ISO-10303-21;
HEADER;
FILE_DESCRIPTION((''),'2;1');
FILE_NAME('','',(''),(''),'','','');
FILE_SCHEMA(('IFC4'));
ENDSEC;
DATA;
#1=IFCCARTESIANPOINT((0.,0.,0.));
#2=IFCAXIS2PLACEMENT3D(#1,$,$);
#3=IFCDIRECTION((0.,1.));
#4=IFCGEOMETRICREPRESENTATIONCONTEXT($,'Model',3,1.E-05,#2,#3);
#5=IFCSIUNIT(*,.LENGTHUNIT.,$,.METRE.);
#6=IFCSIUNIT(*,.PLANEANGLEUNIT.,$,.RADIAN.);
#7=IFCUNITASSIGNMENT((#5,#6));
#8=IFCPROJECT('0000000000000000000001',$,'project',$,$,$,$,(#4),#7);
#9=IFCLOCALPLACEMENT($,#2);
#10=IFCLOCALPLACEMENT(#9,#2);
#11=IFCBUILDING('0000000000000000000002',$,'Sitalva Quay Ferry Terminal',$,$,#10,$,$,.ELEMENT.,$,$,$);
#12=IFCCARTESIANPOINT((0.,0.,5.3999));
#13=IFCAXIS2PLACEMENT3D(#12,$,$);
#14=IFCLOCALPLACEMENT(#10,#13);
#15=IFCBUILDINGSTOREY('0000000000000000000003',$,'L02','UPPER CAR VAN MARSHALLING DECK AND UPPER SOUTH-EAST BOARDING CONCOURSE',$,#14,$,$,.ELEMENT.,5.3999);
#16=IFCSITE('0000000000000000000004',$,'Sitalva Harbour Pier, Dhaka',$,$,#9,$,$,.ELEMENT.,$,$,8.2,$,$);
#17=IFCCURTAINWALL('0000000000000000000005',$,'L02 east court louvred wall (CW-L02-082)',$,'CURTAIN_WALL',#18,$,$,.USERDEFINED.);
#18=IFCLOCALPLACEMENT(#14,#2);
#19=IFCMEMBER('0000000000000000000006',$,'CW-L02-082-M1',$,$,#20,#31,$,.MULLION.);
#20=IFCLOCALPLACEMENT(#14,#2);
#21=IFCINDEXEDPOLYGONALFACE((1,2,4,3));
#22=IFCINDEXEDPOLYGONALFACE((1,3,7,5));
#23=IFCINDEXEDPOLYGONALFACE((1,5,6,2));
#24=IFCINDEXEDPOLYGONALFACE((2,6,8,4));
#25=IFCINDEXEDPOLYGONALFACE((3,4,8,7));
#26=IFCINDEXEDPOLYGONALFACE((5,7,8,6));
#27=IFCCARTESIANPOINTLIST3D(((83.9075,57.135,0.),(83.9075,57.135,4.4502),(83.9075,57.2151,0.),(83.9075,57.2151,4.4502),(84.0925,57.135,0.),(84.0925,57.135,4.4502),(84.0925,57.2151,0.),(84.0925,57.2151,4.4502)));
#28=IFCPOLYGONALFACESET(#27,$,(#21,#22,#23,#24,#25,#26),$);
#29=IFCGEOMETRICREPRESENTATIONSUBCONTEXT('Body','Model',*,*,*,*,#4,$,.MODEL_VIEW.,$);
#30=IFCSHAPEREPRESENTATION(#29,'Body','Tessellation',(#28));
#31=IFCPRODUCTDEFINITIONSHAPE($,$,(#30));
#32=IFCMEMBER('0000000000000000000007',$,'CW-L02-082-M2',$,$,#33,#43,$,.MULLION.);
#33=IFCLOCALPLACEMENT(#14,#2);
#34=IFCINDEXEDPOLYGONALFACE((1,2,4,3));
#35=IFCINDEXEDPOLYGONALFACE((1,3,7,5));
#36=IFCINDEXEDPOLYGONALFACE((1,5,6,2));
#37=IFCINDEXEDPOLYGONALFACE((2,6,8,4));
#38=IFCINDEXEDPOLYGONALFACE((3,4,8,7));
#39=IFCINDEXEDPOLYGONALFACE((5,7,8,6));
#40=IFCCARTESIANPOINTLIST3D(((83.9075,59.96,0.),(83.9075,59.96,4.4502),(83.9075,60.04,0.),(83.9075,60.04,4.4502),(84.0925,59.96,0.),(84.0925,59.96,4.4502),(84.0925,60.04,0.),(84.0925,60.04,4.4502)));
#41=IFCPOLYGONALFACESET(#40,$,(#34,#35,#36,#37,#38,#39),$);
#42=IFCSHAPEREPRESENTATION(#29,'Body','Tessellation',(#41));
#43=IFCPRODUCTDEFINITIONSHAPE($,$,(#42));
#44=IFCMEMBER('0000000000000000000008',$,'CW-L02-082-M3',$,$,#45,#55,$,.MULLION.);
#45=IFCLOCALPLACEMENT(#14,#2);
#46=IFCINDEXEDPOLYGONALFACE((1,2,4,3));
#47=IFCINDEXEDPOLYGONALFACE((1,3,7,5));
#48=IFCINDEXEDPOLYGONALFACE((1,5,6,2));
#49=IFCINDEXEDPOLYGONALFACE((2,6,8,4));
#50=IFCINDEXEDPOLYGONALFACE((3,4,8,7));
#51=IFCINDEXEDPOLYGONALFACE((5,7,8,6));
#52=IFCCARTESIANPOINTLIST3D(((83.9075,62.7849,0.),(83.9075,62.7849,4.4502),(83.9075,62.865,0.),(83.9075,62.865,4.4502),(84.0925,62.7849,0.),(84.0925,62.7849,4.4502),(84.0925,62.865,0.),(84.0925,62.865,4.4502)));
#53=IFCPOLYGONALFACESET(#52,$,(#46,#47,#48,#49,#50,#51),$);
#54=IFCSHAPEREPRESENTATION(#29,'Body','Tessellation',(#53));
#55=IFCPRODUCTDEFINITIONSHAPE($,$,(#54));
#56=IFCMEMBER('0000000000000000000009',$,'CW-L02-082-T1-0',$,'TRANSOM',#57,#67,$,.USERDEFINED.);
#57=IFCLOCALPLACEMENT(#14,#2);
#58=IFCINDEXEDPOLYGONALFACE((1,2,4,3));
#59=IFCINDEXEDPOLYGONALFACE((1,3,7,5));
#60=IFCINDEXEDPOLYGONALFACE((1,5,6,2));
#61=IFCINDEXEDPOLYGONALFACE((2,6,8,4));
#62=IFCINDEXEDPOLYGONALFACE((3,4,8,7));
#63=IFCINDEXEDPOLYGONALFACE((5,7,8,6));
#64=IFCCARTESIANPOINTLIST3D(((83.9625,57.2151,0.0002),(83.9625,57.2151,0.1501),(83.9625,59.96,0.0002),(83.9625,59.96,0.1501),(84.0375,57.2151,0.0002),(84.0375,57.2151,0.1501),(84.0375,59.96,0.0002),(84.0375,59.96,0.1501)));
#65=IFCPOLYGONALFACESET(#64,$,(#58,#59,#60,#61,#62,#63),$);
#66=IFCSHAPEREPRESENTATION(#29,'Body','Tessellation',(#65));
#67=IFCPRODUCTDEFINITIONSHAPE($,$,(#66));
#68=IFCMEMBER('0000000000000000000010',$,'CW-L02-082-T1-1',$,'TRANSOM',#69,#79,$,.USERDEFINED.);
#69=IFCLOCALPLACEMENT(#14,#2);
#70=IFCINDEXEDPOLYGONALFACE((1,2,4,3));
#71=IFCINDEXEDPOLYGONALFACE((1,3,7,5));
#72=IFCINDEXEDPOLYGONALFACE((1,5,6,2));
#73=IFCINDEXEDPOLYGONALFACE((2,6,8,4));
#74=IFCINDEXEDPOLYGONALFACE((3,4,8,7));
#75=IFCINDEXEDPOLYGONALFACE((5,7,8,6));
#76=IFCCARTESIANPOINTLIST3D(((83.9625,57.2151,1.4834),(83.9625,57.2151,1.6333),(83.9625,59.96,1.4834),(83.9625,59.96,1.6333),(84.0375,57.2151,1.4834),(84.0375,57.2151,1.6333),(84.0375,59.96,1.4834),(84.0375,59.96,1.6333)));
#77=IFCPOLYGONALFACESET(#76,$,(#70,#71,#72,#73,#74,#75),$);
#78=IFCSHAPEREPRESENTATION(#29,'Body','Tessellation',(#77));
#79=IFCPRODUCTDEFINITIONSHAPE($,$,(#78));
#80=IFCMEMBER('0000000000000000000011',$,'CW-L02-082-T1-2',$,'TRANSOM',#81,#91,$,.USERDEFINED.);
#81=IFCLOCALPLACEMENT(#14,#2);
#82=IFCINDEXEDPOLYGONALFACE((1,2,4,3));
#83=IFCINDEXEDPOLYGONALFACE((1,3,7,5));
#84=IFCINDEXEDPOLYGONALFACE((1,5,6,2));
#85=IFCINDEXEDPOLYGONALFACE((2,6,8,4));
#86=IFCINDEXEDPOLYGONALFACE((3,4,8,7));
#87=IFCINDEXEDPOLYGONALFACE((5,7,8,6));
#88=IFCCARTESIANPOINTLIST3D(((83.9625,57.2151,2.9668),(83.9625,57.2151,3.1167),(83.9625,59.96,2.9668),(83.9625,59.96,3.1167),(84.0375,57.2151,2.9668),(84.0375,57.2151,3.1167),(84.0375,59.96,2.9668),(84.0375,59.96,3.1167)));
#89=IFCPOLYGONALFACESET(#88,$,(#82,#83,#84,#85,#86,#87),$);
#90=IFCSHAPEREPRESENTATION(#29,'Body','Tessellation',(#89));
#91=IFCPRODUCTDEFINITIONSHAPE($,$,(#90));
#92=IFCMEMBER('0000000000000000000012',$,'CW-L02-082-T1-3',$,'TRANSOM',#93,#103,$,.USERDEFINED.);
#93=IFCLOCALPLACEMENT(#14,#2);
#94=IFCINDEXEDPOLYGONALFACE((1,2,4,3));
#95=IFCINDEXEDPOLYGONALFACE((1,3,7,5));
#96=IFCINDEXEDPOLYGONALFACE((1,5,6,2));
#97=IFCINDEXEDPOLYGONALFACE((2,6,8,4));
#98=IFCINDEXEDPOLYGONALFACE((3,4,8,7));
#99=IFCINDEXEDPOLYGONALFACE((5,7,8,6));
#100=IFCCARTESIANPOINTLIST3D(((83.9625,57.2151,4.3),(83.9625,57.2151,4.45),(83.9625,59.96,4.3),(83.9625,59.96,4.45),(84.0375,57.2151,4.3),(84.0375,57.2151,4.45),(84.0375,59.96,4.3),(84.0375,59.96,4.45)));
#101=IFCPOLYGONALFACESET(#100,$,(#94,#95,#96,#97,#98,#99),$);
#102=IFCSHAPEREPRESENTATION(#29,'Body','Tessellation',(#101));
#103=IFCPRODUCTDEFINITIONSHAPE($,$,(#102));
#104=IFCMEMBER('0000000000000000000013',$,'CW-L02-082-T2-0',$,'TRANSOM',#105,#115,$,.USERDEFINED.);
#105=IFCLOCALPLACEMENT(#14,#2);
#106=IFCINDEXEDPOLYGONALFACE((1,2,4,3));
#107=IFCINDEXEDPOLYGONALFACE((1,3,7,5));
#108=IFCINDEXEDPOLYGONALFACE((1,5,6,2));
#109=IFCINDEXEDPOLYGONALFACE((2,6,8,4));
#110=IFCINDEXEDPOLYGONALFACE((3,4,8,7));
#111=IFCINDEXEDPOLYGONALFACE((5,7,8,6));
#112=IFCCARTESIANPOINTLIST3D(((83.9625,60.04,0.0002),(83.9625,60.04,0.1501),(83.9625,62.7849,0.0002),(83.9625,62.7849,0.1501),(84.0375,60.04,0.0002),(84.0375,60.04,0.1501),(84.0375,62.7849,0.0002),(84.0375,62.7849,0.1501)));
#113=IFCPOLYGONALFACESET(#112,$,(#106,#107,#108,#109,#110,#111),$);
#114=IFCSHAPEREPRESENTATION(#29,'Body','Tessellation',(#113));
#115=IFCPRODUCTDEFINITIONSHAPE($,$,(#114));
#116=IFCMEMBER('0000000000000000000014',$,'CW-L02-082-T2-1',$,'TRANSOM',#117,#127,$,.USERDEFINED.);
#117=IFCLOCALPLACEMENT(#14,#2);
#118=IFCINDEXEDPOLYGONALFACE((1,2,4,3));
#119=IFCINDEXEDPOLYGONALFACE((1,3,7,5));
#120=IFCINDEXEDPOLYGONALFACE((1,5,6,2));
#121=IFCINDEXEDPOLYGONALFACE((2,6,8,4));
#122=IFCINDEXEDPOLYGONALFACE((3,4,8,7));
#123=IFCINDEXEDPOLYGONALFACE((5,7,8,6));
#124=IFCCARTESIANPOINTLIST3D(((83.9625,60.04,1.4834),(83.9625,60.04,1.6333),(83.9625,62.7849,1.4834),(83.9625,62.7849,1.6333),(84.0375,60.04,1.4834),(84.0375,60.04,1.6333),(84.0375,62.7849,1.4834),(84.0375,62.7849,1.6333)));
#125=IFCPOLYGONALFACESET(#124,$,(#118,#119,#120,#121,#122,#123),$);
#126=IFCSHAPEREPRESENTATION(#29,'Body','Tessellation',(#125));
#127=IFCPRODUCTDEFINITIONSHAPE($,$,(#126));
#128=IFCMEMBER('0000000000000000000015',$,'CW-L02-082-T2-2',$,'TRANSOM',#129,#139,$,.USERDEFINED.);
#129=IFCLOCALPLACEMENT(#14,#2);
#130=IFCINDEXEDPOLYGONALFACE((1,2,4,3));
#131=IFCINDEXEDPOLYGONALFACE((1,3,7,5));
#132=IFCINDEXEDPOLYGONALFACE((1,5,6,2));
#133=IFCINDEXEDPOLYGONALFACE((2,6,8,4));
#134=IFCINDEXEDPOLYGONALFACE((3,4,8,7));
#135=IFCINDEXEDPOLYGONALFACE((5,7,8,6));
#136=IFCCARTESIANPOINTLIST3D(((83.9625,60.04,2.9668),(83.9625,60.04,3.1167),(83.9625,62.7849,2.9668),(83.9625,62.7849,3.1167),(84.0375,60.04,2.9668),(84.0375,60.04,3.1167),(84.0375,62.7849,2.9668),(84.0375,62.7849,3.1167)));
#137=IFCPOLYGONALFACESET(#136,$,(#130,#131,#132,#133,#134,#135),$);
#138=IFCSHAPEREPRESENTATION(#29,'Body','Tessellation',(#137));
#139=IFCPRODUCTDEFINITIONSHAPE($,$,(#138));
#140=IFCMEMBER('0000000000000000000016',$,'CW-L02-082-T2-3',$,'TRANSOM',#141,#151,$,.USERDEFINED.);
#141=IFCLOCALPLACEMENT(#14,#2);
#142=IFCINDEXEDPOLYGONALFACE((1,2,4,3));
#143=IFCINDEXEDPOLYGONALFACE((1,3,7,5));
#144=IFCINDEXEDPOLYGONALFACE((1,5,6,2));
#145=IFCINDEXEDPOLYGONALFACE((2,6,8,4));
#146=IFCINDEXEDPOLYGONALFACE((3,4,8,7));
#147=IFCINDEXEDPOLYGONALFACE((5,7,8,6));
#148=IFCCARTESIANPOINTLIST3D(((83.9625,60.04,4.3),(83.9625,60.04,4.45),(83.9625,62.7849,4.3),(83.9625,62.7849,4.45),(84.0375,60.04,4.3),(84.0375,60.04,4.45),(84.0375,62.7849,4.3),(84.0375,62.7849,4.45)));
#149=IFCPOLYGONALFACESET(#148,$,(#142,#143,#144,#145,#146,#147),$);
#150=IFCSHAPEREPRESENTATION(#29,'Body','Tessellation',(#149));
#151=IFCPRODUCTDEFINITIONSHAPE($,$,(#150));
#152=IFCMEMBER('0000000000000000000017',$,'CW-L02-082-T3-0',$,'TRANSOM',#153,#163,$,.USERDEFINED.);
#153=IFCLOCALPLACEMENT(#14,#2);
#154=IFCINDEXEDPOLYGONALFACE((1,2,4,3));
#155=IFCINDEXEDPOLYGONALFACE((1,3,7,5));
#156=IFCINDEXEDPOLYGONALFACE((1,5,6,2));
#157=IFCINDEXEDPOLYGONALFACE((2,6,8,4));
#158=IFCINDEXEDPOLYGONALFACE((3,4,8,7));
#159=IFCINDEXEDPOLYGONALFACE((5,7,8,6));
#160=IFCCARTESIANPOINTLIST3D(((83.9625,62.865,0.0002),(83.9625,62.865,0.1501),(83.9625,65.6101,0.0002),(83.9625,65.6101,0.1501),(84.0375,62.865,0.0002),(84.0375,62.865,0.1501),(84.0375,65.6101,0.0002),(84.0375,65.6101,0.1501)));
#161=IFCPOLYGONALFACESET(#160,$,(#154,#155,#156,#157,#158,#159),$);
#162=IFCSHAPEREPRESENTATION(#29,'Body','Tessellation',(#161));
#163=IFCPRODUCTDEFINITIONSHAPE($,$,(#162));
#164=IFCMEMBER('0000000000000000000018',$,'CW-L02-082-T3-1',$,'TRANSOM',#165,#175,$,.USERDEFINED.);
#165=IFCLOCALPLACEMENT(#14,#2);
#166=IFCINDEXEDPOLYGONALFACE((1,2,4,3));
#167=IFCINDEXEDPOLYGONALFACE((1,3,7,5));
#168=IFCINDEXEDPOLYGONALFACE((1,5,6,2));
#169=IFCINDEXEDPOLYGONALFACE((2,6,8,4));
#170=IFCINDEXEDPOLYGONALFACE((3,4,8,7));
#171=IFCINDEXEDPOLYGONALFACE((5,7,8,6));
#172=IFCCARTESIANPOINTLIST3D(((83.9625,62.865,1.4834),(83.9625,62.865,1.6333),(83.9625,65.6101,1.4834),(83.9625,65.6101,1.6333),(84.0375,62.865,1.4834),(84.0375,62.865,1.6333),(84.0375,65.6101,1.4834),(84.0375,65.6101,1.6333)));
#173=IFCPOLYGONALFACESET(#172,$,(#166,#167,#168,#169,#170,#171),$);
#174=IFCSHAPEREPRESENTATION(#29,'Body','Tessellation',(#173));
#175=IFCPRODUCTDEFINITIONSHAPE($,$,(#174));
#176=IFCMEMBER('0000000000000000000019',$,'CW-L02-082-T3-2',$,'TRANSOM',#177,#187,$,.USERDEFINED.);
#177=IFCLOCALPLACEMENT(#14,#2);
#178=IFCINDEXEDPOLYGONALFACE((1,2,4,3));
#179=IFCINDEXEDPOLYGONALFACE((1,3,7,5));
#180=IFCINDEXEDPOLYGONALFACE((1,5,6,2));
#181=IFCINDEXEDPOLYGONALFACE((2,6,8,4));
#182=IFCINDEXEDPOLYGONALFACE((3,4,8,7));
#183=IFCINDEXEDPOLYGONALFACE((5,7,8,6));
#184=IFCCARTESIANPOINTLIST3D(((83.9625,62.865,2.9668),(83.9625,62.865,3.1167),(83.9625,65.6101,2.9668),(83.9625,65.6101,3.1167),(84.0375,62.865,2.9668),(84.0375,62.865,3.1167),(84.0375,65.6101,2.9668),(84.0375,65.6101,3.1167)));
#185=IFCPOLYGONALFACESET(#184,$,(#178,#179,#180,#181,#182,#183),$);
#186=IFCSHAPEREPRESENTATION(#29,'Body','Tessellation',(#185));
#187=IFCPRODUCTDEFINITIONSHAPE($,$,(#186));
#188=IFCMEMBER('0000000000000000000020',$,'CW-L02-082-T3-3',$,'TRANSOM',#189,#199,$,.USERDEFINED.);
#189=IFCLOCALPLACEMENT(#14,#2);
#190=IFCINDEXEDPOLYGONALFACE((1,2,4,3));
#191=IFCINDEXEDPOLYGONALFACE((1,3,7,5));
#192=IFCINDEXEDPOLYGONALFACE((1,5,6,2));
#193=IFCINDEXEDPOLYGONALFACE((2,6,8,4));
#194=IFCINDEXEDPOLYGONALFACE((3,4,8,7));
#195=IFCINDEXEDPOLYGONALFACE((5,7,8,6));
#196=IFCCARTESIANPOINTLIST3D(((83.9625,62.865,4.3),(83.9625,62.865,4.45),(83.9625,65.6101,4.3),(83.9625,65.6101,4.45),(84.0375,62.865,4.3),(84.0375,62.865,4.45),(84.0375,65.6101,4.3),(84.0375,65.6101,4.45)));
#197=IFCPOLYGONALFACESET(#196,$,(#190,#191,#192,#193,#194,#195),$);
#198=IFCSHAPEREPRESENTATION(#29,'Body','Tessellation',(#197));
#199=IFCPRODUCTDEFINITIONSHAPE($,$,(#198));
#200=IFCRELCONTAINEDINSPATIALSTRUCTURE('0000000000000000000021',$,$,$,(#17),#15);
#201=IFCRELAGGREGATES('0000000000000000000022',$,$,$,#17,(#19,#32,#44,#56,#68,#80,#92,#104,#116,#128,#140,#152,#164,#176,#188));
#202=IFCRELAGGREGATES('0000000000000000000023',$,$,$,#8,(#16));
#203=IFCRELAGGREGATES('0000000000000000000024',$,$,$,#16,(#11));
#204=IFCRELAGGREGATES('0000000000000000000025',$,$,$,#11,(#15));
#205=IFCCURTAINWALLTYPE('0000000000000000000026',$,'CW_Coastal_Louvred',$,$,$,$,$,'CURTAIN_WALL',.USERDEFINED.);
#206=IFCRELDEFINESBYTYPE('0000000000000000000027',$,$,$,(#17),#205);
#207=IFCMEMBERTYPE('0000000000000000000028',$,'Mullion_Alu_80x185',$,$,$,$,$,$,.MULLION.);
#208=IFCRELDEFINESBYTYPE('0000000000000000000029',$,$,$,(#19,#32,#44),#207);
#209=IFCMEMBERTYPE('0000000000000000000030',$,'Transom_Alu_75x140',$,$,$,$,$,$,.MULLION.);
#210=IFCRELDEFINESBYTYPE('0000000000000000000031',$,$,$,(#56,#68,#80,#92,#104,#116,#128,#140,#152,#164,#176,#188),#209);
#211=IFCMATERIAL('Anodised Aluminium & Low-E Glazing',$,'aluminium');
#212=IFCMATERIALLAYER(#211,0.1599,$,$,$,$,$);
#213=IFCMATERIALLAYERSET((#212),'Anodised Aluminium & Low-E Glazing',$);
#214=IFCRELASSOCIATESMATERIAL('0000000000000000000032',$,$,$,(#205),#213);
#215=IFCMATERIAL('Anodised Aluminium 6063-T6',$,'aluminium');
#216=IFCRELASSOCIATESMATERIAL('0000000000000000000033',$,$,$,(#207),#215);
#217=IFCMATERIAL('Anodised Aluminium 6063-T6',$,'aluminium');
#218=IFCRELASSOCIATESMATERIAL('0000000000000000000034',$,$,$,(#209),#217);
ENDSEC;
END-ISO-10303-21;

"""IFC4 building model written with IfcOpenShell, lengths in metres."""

from ifc_helpers import new_model, si_unit, direction, frame, origin, origin_2d, place, context, subcontext, project, spatial, rectangle, extrude, material, layer, layer_set, material_profile, profile_set, type_object, element, aggregate, save


model = new_model("IFC4")

# Units and contexts
model_context = context("Model", 3, precision=1e-05, world=origin(), true_north=direction((0.0, 1.0)))
body_context = subcontext(model_context, "Body", "Model", "MODEL_VIEW")
ifc_project = project(units=[si_unit("LENGTHUNIT", "METRE"), si_unit("PLANEANGLEUNIT", "RADIAN")], contexts=[model_context])

# Site, building, storey
site_placement = place(None, origin())
site = spatial("IfcSite", under=ifc_project, at=site_placement, Name="Sitalva Harbour Pier, Dhaka", CompositionType="ELEMENT", RefElevation=8.2)
building_placement = place(site_placement, origin())
building = spatial("IfcBuilding", under=site, at=building_placement, Name="Sitalva Quay Ferry Terminal", CompositionType="ELEMENT")
storey_placement = place(building_placement, frame((0.0, 0.0, 5.3999)))
storey = spatial("IfcBuildingStorey", under=building, at=storey_placement, Name="L02", Description="UPPER CAR VAN MARSHALLING DECK AND UPPER SOUTH-EAST BOARDING CONCOURSE", CompositionType="ELEMENT", Elevation=5.3999)

# Curtain wall, members
ifc_material_1 = material(Name="Anodised Aluminium & Low-E Glazing", Category="aluminium")
ifc_layer_1 = layer(ifc_material_1, 0.1599)
ifc_layer_set_1 = layer_set([ifc_layer_1], Name="Anodised Aluminium & Low-E Glazing")
curtain_wall_type = type_object("IfcCurtainWallType", Name="CW_Coastal_Louvred", ElementType="CURTAIN_WALL", PredefinedType="USERDEFINED", material=ifc_layer_set_1)
curtain_wall_placement = place(storey_placement, origin())
curtain_wall = element("IfcCurtainWall", 1, at=curtain_wall_placement, inside=storey, type_object=curtain_wall_type, Name="L02 east court louvred wall (CW-L02-082)", ObjectType="CURTAIN_WALL", PredefinedType="USERDEFINED")
ifc_material_2 = material(Name="Anodised Aluminium 6063-T6", Category="aluminium")
ifc_material_profile_1 = material_profile(ifc_material_2, rectangle(XDim=0.0801, YDim=0.1851, at=origin_2d()), Name="ALU80x185")
ifc_profile_set_1 = profile_set([ifc_material_profile_1], Name="Anodised Aluminium 6063-T6")
member_type_1 = type_object("IfcMemberType", Name="Mullion_Alu_80x185", PredefinedType="MULLION", material=ifc_profile_set_1)
member_1_placement = place(storey_placement, frame((84.0, 57.175, 0.0), z_axis=(0.0, 0.0, 1.0), x_axis=(0.0, 1.0, 0.0)))
member_1 = element("IfcMember", 2, at=member_1_placement, type_object=member_type_1, Name="CW-L02-082-M1", PredefinedType="MULLION", context=body_context, shape_type="SweptSolid", body=[
    extrude(rectangle(XDim=0.0801, YDim=0.1851, at=origin_2d()), origin(), (0.0, 0.0, 1.0), 4.4502),
])
member_2_placement = place(storey_placement, frame((84.0, 60.0, 0.0), z_axis=(0.0, 0.0, 1.0), x_axis=(0.0, 1.0, 0.0)))
member_2 = element("IfcMember", 3, at=member_2_placement, type_object=member_type_1, Name="CW-L02-082-M2", PredefinedType="MULLION", context=body_context, shape_type="SweptSolid", body=[
    extrude(rectangle(XDim=0.0801, YDim=0.1851, at=origin_2d()), origin(), (0.0, 0.0, 1.0), 4.4502),
])
member_3_placement = place(storey_placement, frame((84.0, 62.825, 0.0), z_axis=(0.0, 0.0, 1.0), x_axis=(0.0, 1.0, 0.0)))
member_3 = element("IfcMember", 4, at=member_3_placement, type_object=member_type_1, Name="CW-L02-082-M3", PredefinedType="MULLION", context=body_context, shape_type="SweptSolid", body=[
    extrude(rectangle(XDim=0.0801, YDim=0.1851, at=origin_2d()), origin(), (0.0, 0.0, 1.0), 4.4502),
])
ifc_material_3 = material(Name="Anodised Aluminium 6063-T6", Category="aluminium")
ifc_material_profile_2 = material_profile(ifc_material_3, rectangle(XDim=0.075, YDim=0.1499, at=origin_2d()), Name="ALU75x150")
ifc_profile_set_2 = profile_set([ifc_material_profile_2], Name="Anodised Aluminium 6063-T6")
member_type_2 = type_object("IfcMemberType", Name="Transom_Alu_75x140", PredefinedType="MULLION", material=ifc_profile_set_2)
member_4_placement = place(storey_placement, frame((84.0, 57.2151, 0.0752), z_axis=(0.0, 1.0, 0.0), x_axis=(-1.0, 0.0, 0.0)))
member_4 = element("IfcMember", 5, at=member_4_placement, type_object=member_type_2, Name="CW-L02-082-T1-0", ObjectType="TRANSOM", PredefinedType="USERDEFINED", context=body_context, shape_type="SweptSolid", body=[
    extrude(rectangle(XDim=0.075, YDim=0.1499, at=origin_2d()), origin(), (0.0, 0.0, 1.0), 2.7449),
])
member_5_placement = place(storey_placement, frame((84.0, 57.2151, 1.5583), z_axis=(0.0, 1.0, 0.0), x_axis=(-1.0, 0.0, 0.0)))
member_5 = element("IfcMember", 6, at=member_5_placement, type_object=member_type_2, Name="CW-L02-082-T1-1", ObjectType="TRANSOM", PredefinedType="USERDEFINED", context=body_context, shape_type="SweptSolid", body=[
    extrude(rectangle(XDim=0.075, YDim=0.1499, at=origin_2d()), origin(), (0.0, 0.0, 1.0), 2.7449),
])
member_6_placement = place(storey_placement, frame((84.0, 57.2151, 3.0417), z_axis=(0.0, 1.0, 0.0), x_axis=(-1.0, 0.0, 0.0)))
member_6 = element("IfcMember", 7, at=member_6_placement, type_object=member_type_2, Name="CW-L02-082-T1-2", ObjectType="TRANSOM", PredefinedType="USERDEFINED", context=body_context, shape_type="SweptSolid", body=[
    extrude(rectangle(XDim=0.075, YDim=0.1499, at=origin_2d()), origin(), (0.0, 0.0, 1.0), 2.7449),
])
member_7_placement = place(storey_placement, frame((84.0, 57.2151, 4.375), z_axis=(0.0, 1.0, 0.0), x_axis=(-1.0, 0.0, 0.0)))
member_7 = element("IfcMember", 8, at=member_7_placement, type_object=member_type_2, Name="CW-L02-082-T1-3", ObjectType="TRANSOM", PredefinedType="USERDEFINED", context=body_context, shape_type="SweptSolid", body=[
    extrude(rectangle(XDim=0.075, YDim=0.1499, at=origin_2d()), origin(), (0.0, 0.0, 1.0), 2.7449),
])
member_8_placement = place(storey_placement, frame((84.0, 60.04, 0.0752), z_axis=(0.0, 1.0, 0.0), x_axis=(-1.0, 0.0, 0.0)))
member_8 = element("IfcMember", 9, at=member_8_placement, type_object=member_type_2, Name="CW-L02-082-T2-0", ObjectType="TRANSOM", PredefinedType="USERDEFINED", context=body_context, shape_type="SweptSolid", body=[
    extrude(rectangle(XDim=0.075, YDim=0.1499, at=origin_2d()), origin(), (0.0, 0.0, 1.0), 2.7449),
])
member_9_placement = place(storey_placement, frame((84.0, 60.04, 1.5583), z_axis=(0.0, 1.0, 0.0), x_axis=(-1.0, 0.0, 0.0)))
member_9 = element("IfcMember", 10, at=member_9_placement, type_object=member_type_2, Name="CW-L02-082-T2-1", ObjectType="TRANSOM", PredefinedType="USERDEFINED", context=body_context, shape_type="SweptSolid", body=[
    extrude(rectangle(XDim=0.075, YDim=0.1499, at=origin_2d()), origin(), (0.0, 0.0, 1.0), 2.7449),
])
member_10_placement = place(storey_placement, frame((84.0, 60.04, 3.0417), z_axis=(0.0, 1.0, 0.0), x_axis=(-1.0, 0.0, 0.0)))
member_10 = element("IfcMember", 11, at=member_10_placement, type_object=member_type_2, Name="CW-L02-082-T2-2", ObjectType="TRANSOM", PredefinedType="USERDEFINED", context=body_context, shape_type="SweptSolid", body=[
    extrude(rectangle(XDim=0.075, YDim=0.1499, at=origin_2d()), origin(), (0.0, 0.0, 1.0), 2.7449),
])
member_11_placement = place(storey_placement, frame((84.0, 60.04, 4.375), z_axis=(0.0, 1.0, 0.0), x_axis=(-1.0, 0.0, 0.0)))
member_11 = element("IfcMember", 12, at=member_11_placement, type_object=member_type_2, Name="CW-L02-082-T2-3", ObjectType="TRANSOM", PredefinedType="USERDEFINED", context=body_context, shape_type="SweptSolid", body=[
    extrude(rectangle(XDim=0.075, YDim=0.1499, at=origin_2d()), origin(), (0.0, 0.0, 1.0), 2.7449),
])
member_12_placement = place(storey_placement, frame((84.0, 62.865, 0.0752), z_axis=(0.0, 1.0, 0.0), x_axis=(-1.0, 0.0, 0.0)))
member_12 = element("IfcMember", 13, at=member_12_placement, type_object=member_type_2, Name="CW-L02-082-T3-0", ObjectType="TRANSOM", PredefinedType="USERDEFINED", context=body_context, shape_type="SweptSolid", body=[
    extrude(rectangle(XDim=0.075, YDim=0.1499, at=origin_2d()), origin(), (0.0, 0.0, 1.0), 2.7451),
])
member_13_placement = place(storey_placement, frame((84.0, 62.865, 1.5583), z_axis=(0.0, 1.0, 0.0), x_axis=(-1.0, 0.0, 0.0)))
member_13 = element("IfcMember", 14, at=member_13_placement, type_object=member_type_2, Name="CW-L02-082-T3-1", ObjectType="TRANSOM", PredefinedType="USERDEFINED", context=body_context, shape_type="SweptSolid", body=[
    extrude(rectangle(XDim=0.075, YDim=0.1499, at=origin_2d()), origin(), (0.0, 0.0, 1.0), 2.7451),
])
member_14_placement = place(storey_placement, frame((84.0, 62.865, 3.0417), z_axis=(0.0, 1.0, 0.0), x_axis=(-1.0, 0.0, 0.0)))
member_14 = element("IfcMember", 15, at=member_14_placement, type_object=member_type_2, Name="CW-L02-082-T3-2", ObjectType="TRANSOM", PredefinedType="USERDEFINED", context=body_context, shape_type="SweptSolid", body=[
    extrude(rectangle(XDim=0.075, YDim=0.1499, at=origin_2d()), origin(), (0.0, 0.0, 1.0), 2.7451),
])
member_15_placement = place(storey_placement, frame((84.0, 62.865, 4.375), z_axis=(0.0, 1.0, 0.0), x_axis=(-1.0, 0.0, 0.0)))
member_15 = element("IfcMember", 16, at=member_15_placement, type_object=member_type_2, Name="CW-L02-082-T3-3", ObjectType="TRANSOM", PredefinedType="USERDEFINED", context=body_context, shape_type="SweptSolid", body=[
    extrude(rectangle(XDim=0.075, YDim=0.1499, at=origin_2d()), origin(), (0.0, 0.0, 1.0), 2.7451),
])
aggregate(curtain_wall, [member_1, member_2, member_3, member_4, member_5, member_6, member_7, member_8, member_9, member_10, member_11, member_12, member_13, member_14, member_15])

save(model, "model.ifc")
